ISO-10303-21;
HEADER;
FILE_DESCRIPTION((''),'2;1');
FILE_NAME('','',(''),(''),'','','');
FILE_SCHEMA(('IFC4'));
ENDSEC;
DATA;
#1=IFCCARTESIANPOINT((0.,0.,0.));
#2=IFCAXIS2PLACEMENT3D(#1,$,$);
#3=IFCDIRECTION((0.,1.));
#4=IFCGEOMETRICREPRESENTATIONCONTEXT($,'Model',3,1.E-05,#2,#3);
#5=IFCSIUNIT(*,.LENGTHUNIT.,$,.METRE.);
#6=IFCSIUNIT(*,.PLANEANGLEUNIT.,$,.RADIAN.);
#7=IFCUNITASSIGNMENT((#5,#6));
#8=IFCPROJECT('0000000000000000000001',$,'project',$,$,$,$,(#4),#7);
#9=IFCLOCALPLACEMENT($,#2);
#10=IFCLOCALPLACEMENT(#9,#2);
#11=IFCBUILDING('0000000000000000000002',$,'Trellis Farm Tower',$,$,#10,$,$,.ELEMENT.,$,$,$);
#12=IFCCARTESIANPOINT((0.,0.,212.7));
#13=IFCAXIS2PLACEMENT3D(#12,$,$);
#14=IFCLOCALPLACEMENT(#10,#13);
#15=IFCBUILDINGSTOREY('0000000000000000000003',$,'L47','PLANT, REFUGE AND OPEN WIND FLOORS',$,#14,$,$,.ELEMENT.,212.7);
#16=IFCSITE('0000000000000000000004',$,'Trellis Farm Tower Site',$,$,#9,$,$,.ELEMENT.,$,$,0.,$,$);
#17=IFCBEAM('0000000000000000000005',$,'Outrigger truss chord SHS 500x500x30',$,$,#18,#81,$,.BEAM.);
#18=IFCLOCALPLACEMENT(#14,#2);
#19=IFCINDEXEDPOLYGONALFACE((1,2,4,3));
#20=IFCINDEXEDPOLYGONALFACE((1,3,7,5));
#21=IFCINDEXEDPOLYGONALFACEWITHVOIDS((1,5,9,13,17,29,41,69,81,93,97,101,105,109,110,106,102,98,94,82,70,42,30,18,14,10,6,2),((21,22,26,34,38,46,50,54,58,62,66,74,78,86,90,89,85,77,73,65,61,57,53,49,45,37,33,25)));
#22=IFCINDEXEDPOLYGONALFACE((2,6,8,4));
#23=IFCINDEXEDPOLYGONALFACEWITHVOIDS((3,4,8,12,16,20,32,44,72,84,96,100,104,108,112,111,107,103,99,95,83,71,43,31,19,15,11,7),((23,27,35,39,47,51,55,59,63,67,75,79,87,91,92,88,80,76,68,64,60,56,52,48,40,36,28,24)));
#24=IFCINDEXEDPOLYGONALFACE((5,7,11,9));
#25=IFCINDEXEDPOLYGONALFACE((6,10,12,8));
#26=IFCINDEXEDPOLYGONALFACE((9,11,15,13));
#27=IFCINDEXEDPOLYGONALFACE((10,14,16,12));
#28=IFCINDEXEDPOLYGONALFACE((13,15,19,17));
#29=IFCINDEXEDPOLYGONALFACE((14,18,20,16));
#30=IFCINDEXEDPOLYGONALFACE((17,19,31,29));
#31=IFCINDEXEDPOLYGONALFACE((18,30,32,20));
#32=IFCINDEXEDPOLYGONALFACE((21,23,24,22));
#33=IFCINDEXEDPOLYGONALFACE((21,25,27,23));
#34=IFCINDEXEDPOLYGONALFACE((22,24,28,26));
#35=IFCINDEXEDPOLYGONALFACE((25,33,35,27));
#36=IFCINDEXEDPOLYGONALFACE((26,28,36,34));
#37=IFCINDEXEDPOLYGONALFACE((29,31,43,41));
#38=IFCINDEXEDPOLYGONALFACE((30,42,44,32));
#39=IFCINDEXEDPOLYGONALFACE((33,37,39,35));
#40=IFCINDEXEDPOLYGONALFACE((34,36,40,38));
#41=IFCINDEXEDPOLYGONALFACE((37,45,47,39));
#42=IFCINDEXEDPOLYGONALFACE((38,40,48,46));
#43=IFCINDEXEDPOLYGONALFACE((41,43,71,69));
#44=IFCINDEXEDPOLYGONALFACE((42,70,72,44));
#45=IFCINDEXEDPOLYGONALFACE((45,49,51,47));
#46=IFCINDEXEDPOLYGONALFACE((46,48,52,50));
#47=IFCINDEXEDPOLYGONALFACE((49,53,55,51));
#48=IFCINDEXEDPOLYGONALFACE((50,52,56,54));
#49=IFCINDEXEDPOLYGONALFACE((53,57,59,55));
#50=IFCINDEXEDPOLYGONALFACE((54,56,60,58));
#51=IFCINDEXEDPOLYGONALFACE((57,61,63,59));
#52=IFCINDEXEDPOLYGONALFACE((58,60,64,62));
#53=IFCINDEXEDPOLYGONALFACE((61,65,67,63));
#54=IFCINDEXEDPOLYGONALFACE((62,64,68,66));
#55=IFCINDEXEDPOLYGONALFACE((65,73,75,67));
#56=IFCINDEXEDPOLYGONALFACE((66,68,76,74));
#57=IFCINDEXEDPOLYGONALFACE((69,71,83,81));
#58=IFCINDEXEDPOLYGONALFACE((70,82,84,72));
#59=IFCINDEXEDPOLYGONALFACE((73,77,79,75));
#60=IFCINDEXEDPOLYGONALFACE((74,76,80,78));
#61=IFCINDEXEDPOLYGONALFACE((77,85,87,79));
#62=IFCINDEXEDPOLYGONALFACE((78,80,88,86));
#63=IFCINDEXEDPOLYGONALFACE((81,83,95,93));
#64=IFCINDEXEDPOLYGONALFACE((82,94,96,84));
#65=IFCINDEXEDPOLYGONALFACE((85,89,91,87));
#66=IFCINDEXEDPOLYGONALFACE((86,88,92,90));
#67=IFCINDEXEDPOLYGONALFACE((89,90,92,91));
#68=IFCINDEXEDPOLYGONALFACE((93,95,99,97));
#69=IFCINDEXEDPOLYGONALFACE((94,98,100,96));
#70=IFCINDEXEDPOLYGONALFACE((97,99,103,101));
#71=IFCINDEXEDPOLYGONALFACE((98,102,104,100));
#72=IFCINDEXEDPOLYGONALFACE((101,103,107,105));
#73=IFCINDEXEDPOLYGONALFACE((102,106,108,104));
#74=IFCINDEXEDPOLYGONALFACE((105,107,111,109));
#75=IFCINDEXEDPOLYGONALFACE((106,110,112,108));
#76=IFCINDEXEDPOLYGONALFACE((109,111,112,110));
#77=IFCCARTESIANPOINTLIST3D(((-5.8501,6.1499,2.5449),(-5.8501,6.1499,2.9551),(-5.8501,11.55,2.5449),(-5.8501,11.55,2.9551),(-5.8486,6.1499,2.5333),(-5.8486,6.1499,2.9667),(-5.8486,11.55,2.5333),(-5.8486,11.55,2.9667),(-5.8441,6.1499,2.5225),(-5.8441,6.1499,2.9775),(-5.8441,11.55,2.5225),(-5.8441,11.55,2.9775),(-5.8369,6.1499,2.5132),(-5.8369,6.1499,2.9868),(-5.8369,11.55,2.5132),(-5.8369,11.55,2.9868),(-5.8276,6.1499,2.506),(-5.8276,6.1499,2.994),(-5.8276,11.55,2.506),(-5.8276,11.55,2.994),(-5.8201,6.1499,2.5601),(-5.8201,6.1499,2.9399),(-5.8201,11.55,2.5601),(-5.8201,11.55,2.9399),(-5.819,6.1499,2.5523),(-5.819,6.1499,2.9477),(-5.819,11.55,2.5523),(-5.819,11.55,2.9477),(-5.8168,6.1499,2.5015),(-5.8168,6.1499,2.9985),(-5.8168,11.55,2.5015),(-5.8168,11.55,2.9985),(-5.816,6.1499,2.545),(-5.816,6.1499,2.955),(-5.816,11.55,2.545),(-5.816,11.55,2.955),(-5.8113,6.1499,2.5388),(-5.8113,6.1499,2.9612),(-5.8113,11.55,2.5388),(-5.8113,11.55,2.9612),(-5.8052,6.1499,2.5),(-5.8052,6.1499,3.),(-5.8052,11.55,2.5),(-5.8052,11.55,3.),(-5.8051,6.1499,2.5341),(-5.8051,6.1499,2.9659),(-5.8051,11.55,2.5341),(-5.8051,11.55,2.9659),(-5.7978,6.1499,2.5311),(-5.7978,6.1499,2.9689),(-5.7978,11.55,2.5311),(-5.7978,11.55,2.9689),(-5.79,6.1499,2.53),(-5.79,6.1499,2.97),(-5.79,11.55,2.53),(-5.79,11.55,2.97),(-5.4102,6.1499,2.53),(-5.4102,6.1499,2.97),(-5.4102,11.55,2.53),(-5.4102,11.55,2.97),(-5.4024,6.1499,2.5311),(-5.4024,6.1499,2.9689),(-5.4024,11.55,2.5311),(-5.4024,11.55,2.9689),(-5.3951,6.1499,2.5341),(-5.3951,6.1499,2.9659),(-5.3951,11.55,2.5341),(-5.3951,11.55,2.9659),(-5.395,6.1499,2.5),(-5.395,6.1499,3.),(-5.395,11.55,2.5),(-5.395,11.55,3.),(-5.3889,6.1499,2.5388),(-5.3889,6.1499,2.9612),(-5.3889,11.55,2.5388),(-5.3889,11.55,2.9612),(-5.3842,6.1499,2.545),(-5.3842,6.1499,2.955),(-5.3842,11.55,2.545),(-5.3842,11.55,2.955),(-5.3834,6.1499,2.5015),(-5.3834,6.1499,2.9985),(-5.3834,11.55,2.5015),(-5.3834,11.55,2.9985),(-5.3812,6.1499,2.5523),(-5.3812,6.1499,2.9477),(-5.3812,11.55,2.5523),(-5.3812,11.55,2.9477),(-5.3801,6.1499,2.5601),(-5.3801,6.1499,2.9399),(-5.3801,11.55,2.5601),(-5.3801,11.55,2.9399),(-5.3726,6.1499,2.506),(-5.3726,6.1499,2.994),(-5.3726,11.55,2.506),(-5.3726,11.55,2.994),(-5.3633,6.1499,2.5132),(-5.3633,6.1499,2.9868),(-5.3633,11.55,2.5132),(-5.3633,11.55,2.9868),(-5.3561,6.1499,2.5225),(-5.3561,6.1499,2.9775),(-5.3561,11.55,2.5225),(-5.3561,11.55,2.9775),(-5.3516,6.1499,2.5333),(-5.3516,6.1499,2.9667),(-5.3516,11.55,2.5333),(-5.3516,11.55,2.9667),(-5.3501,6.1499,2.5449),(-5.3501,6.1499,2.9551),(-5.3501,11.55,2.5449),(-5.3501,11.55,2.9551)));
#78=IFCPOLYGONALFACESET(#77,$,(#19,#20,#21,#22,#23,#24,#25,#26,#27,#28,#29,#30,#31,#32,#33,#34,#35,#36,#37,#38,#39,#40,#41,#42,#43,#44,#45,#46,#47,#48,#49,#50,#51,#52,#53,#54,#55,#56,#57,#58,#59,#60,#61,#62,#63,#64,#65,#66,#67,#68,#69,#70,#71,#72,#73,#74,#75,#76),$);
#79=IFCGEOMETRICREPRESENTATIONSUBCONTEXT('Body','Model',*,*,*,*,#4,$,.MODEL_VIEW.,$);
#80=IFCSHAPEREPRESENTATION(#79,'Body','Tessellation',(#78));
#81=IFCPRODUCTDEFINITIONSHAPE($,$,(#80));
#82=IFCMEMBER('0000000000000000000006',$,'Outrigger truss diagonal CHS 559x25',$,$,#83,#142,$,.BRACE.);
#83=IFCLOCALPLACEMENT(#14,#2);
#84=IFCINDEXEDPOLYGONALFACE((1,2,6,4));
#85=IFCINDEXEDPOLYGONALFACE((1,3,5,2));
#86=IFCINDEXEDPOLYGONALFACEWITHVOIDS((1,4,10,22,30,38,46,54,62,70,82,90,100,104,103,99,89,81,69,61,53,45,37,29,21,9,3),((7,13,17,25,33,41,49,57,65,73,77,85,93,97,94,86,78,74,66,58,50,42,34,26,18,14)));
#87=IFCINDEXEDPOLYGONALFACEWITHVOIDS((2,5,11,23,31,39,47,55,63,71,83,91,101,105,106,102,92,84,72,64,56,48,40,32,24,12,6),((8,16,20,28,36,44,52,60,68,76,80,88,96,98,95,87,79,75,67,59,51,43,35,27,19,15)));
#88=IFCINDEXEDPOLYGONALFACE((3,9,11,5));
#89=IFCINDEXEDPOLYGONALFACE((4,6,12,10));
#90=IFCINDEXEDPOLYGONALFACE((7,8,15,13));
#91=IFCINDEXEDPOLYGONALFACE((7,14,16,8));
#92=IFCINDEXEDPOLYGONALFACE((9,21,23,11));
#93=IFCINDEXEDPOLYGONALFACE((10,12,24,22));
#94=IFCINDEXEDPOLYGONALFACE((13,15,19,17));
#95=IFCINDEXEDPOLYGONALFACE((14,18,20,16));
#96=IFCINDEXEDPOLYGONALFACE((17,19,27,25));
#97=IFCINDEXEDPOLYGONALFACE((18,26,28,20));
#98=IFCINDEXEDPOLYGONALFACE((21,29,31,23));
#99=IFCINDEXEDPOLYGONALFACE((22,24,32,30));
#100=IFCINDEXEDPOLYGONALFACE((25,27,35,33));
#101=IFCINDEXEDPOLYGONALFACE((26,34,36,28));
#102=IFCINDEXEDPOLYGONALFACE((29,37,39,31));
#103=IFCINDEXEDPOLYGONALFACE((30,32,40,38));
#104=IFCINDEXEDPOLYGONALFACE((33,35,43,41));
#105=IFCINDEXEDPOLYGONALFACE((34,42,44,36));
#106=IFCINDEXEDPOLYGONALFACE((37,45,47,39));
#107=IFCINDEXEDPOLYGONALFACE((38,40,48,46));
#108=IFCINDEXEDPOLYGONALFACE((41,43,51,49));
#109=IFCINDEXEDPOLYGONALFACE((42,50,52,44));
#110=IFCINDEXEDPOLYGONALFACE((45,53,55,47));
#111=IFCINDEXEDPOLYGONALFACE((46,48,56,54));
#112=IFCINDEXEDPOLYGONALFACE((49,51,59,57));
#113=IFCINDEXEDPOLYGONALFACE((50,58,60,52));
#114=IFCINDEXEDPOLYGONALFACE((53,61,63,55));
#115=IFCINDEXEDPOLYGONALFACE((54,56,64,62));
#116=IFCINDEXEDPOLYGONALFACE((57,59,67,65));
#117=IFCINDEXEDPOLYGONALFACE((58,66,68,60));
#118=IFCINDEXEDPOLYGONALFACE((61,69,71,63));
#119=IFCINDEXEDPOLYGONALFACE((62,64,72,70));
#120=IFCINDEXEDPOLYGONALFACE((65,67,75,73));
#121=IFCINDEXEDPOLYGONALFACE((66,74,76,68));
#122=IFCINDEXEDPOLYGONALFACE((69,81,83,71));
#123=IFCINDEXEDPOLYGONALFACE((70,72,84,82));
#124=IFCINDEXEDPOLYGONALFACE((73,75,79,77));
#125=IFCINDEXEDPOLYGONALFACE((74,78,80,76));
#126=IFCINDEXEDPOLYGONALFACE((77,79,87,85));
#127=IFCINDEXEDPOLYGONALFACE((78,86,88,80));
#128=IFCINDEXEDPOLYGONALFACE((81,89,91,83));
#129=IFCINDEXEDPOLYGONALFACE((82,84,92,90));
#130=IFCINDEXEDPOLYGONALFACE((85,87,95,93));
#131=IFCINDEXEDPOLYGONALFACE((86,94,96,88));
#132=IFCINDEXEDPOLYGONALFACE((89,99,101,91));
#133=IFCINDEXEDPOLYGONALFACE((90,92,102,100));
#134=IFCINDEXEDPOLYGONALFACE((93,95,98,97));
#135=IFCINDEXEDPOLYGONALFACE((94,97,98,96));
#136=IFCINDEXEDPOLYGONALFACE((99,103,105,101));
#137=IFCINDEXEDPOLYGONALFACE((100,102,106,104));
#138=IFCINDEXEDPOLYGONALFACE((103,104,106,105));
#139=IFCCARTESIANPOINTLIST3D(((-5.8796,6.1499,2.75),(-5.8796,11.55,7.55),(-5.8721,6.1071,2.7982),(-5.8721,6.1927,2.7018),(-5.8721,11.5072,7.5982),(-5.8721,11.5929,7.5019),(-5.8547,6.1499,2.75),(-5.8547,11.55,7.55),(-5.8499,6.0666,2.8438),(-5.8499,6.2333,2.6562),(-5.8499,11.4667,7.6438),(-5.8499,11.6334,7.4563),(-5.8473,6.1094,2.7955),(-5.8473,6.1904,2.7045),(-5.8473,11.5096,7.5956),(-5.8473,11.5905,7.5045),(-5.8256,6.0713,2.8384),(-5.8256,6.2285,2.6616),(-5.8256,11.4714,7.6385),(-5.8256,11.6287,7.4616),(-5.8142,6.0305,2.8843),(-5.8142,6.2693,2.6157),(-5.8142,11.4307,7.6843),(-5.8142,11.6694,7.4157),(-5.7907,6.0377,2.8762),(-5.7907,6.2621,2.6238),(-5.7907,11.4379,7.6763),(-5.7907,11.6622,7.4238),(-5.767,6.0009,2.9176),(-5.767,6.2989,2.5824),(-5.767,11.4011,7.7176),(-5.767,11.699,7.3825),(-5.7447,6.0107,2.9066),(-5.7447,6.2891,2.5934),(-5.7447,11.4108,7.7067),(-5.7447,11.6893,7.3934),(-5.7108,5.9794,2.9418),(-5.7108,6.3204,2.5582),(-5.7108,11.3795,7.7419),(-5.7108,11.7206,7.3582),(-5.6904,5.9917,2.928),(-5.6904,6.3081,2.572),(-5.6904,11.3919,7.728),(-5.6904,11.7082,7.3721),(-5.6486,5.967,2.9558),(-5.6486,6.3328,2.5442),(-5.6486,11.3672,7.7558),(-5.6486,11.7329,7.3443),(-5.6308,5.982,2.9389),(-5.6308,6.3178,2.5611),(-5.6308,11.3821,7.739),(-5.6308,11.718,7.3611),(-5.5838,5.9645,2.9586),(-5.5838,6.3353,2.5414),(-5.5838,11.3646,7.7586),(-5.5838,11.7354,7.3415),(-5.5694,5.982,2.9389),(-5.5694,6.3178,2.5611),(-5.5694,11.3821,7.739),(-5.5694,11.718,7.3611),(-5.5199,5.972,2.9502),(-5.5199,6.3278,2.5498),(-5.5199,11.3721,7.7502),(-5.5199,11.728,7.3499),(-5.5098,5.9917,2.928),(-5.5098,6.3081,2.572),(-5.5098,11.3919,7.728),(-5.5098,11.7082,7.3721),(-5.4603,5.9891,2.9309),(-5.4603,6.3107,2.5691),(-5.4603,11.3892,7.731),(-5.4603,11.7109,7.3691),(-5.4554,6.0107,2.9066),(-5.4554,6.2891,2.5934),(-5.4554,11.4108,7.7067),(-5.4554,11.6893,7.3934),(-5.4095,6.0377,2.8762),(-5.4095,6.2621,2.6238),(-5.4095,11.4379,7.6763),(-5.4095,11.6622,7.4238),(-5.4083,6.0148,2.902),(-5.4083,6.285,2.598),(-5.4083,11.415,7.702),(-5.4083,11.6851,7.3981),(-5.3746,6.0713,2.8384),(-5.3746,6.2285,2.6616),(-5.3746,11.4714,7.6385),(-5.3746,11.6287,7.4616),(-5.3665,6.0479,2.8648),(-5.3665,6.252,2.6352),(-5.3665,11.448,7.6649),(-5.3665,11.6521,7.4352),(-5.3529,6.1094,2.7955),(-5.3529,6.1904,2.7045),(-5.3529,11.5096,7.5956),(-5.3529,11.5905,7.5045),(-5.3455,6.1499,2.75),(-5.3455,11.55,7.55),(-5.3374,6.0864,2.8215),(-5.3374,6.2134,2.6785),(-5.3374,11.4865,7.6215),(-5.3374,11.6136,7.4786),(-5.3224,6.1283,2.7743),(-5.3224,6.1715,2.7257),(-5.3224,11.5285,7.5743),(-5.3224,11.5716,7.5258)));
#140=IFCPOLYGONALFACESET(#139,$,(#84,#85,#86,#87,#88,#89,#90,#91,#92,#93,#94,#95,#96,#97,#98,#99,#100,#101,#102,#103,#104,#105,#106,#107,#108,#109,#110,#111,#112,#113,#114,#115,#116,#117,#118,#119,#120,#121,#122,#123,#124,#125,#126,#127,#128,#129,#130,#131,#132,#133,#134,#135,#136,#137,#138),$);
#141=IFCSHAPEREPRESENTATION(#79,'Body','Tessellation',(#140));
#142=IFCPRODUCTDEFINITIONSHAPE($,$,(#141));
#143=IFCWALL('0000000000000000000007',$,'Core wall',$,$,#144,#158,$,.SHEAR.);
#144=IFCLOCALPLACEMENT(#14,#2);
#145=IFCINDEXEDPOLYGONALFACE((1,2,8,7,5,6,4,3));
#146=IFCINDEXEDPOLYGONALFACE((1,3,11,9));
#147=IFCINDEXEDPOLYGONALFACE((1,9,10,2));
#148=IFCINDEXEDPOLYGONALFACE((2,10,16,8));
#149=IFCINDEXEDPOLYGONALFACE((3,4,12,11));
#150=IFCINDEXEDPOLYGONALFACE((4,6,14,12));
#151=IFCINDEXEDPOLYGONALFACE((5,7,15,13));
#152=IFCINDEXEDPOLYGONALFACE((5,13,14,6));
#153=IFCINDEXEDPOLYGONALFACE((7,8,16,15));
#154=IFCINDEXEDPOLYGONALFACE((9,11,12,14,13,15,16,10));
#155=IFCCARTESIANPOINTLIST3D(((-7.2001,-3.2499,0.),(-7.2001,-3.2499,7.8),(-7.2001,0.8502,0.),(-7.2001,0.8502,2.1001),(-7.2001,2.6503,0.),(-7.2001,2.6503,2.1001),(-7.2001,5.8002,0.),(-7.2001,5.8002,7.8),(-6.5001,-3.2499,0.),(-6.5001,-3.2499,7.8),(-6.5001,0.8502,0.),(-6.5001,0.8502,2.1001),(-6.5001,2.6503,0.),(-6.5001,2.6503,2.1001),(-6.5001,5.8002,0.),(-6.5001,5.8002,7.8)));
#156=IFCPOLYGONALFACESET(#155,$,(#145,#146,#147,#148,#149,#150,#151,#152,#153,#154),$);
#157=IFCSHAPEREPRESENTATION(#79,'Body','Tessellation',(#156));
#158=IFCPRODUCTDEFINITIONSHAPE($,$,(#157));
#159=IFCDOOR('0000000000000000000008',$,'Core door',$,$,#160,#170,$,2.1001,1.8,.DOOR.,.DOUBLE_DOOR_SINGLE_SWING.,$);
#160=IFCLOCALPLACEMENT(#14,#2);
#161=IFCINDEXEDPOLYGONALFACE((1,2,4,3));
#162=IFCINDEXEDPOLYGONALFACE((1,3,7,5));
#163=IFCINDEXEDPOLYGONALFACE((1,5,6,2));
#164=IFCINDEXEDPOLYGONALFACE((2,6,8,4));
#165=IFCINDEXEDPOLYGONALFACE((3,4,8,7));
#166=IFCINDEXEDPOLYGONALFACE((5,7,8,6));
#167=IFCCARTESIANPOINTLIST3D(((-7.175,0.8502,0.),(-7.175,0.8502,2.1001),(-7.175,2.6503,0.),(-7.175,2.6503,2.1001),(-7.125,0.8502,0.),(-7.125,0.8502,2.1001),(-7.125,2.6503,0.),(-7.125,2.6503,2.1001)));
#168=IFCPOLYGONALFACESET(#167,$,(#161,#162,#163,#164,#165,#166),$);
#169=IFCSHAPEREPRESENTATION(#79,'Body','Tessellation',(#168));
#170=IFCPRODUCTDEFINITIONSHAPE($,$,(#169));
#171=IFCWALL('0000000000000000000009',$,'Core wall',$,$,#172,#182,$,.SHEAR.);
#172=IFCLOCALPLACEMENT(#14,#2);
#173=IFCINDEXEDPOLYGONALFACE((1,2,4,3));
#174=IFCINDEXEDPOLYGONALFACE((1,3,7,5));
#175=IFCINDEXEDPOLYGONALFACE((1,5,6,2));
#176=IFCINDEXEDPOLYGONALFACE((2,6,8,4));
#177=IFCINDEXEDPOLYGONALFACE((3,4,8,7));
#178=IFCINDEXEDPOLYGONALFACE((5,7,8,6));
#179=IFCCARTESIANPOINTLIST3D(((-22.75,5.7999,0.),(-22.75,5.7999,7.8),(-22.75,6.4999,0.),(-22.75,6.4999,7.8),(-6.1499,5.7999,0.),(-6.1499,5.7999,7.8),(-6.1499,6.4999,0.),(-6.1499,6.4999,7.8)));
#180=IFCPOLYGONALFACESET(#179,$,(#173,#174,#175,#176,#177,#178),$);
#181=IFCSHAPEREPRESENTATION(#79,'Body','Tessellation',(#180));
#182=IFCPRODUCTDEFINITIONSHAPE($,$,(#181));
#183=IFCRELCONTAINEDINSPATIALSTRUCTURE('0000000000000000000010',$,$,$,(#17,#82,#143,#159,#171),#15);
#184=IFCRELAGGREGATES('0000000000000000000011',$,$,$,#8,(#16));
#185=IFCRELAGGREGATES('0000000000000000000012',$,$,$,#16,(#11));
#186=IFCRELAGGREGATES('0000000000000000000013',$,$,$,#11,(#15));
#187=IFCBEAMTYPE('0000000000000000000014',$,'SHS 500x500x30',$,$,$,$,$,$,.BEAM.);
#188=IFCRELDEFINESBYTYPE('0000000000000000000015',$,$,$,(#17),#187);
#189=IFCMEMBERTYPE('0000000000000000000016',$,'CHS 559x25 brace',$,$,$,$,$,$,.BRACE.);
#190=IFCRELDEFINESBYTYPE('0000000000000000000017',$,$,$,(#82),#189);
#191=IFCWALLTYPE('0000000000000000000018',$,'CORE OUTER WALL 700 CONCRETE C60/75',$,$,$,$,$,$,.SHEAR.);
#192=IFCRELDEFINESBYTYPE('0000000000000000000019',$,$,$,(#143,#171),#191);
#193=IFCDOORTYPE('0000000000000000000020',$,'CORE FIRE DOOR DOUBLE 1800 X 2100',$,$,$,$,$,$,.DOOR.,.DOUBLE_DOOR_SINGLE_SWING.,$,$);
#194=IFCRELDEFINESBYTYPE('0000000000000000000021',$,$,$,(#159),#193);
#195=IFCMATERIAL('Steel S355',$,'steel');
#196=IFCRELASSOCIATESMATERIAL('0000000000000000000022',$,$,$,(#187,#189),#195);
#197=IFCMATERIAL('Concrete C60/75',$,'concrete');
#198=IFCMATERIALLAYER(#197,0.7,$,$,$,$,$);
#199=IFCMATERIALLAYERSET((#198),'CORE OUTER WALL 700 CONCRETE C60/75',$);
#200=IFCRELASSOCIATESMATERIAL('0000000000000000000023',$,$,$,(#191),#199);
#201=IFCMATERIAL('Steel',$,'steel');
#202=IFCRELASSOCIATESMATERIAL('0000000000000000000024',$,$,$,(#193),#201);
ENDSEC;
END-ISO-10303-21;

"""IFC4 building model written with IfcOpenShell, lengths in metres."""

from ifc_helpers import new_model, si_unit, direction, frame, frame_2d, origin, origin_2d, place, context, subcontext, project, spatial, rectangle, hollow_rectangle, hollow_circle, extrude, source, transform, mapped, material, layer, layer_set, material_profile, profile_set, type_object, element, fill, save


model = new_model("IFC4")

# Units and contexts
model_context = context("Model", 3, precision=1e-05, world=origin(), true_north=direction((0.0, 1.0)))
body_context = subcontext(model_context, "Body", "Model", "MODEL_VIEW")
ifc_project = project(units=[si_unit("LENGTHUNIT", "METRE"), si_unit("PLANEANGLEUNIT", "RADIAN")], contexts=[model_context])

# Site, building, storey
site_placement = place(None, origin())
site = spatial("IfcSite", under=ifc_project, at=site_placement, Name="Trellis Farm Tower Site", CompositionType="ELEMENT", RefElevation=0.0)
building_placement = place(site_placement, origin())
building = spatial("IfcBuilding", under=site, at=building_placement, Name="Trellis Farm Tower", CompositionType="ELEMENT")
storey_placement = place(building_placement, frame((0.0, 0.0, 212.7)))
storey = spatial("IfcBuildingStorey", under=building, at=storey_placement, Name="L47", Description="PLANT, REFUGE AND OPEN WIND FLOORS", CompositionType="ELEMENT", Elevation=212.7)

# Shared definitions
ifc_material_1 = material(Name="Concrete C60/75", Category="concrete")

# Beam
ifc_material_2 = material(Name="Steel S355", Category="steel")
ifc_material_profile_1 = material_profile(ifc_material_2, hollow_rectangle(XDim=0.5, YDim=0.5, WallThickness=0.03, InnerFilletRadius=0.03, OuterFilletRadius=0.0449, at=origin_2d()), Name="SHS 500x500x30")
ifc_profile_set_1 = profile_set([ifc_material_profile_1], Name="Steel S355")
beam_type_1 = type_object("IfcBeamType", Name="SHS 500x500x30", PredefinedType="BEAM", material=ifc_profile_set_1)
shared_shape_1 = source(origin(), body_context, "Body", "SweptSolid", [
    extrude(hollow_rectangle(XDim=0.5, YDim=0.5, WallThickness=0.03, InnerFilletRadius=0.03, OuterFilletRadius=0.0449, at=origin_2d()), origin(), (0.0, 0.0, 1.0), 5.4001),
])
beam_1_placement = place(storey_placement, frame((-5.6001, 6.1499, 2.75), z_axis=(0.0, 1.0, 0.0), x_axis=(-1.0, 0.0, 0.0)))
element("IfcBeam", 1, at=beam_1_placement, inside=storey, type_object=beam_type_1, Name="Outrigger truss chord SHS 500x500x30", PredefinedType="BEAM", context=body_context, shape_type="MappedRepresentation", body=[
    mapped(shared_shape_1, transform((0.0, 0.0, 0.0))),
])

# Member
ifc_material_profile_2 = material_profile(ifc_material_2, hollow_circle(Radius=0.2795, WallThickness=0.0249, at=origin_2d()), Name="CHS 559x25")
ifc_profile_set_2 = profile_set([ifc_material_profile_2], Name="Steel S355")
member_type = type_object("IfcMemberType", Name="CHS 559x25 brace", PredefinedType="BRACE", material=ifc_profile_set_2)
shared_shape_2 = source(origin(), body_context, "Body", "SweptSolid", [
    extrude(hollow_circle(Radius=0.2795, WallThickness=0.0249, at=origin_2d()), origin(), (0.0, 0.0, 1.0), 7.2251),
])
member_placement = place(storey_placement, frame((-5.6001, 6.1499, 2.75), z_axis=(0.0, 0.747415, 0.664358), x_axis=(-1.0, 0.0, 0.0)))
element("IfcMember", 2, at=member_placement, inside=storey, type_object=member_type, Name="Outrigger truss diagonal CHS 559x25", PredefinedType="BRACE", context=body_context, shape_type="MappedRepresentation", body=[
    mapped(shared_shape_2, transform((0.0, 0.0, 0.0))),
])

# Wall, opening, door
ifc_layer_1 = layer(ifc_material_1, 0.7)
ifc_layer_set_1 = layer_set([ifc_layer_1], Name="CORE OUTER WALL 700 CONCRETE C60/75")
wall_type_1 = type_object("IfcWallType", Name="CORE OUTER WALL 700 CONCRETE C60/75", PredefinedType="SHEAR", material=ifc_layer_set_1)
shared_shape_3 = source(origin(), body_context, "Body", "SweptSolid", [
    extrude(rectangle(XDim=9.05, YDim=0.7, at=frame_2d((4.5249, 0.0))), origin(), (0.0, 0.0, 1.0), 7.8),
])
wall_1_placement = place(storey_placement, frame((-6.8501, 5.8, 0.0), z_axis=(0.0, 0.0, 1.0), x_axis=(0.0, -1.0, 0.0)))
wall_1 = element("IfcWall", 3, at=wall_1_placement, inside=storey, type_object=wall_type_1, Name="Core wall", PredefinedType="SHEAR", context=body_context, shape_type="MappedRepresentation", body=[
    mapped(shared_shape_3, transform((0.0, 0.0, 0.0))),
])
shared_shape_4 = source(origin(), body_context, "Body", "SweptSolid", [
    extrude(rectangle(XDim=1.8, YDim=2.1001, at=frame_2d((0.8999, 1.05))), frame((0.0, 0.3601, 0.0), z_axis=(0.0, -1.0, 0.0), x_axis=(1.0, 0.0, 0.0)), (0.0, 0.0, 1.0), 0.7202),
])
opening_1_placement = place(wall_1_placement, frame((3.1499, 0.0, 0.0)))
opening_1 = element("IfcOpeningElement", 4, at=opening_1_placement, cuts=wall_1, PredefinedType="OPENING", context=body_context, shape_type="MappedRepresentation", body=[
    mapped(shared_shape_4, transform((0.0, 0.0, 0.0))),
])
ifc_material_3 = material(Name="Steel", Category="steel")
door_type_1 = type_object("IfcDoorType", Name="CORE FIRE DOOR DOUBLE 1800 X 2100", OperationType="DOUBLE_DOOR_SINGLE_SWING", PredefinedType="DOOR", material=ifc_material_3)
shared_shape_5 = source(origin(), body_context, "Body", "SweptSolid", [
    extrude(rectangle(XDim=1.8, YDim=2.1001, at=frame_2d((0.8999, 1.05))), frame((0.0, -0.2749, 0.0), z_axis=(0.0, -1.0, 0.0), x_axis=(1.0, 0.0, 0.0)), (0.0, 0.0, 1.0), 0.05),
])
door_1_placement = place(opening_1_placement, origin())
door_1 = element("IfcDoor", 5, at=door_1_placement, inside=storey, type_object=door_type_1, Name="Core door", OperationType="DOUBLE_DOOR_SINGLE_SWING", OverallHeight=2.1001, OverallWidth=1.8, PredefinedType="DOOR", context=body_context, shape_type="MappedRepresentation", body=[
    mapped(shared_shape_5, transform((0.0, 0.0, 0.0))),
])
fill(opening_1, door_1)

# Wall
shared_shape_6 = source(origin(), body_context, "Body", "SweptSolid", [
    extrude(rectangle(XDim=16.6001, YDim=0.7, at=frame_2d((8.3, 0.0))), origin(), (0.0, 0.0, 1.0), 7.8),
])
wall_2_placement = place(storey_placement, frame((-6.1499, 6.1499, 0.0), z_axis=(0.0, 0.0, 1.0), x_axis=(-1.0, 0.0, 0.0)))
element("IfcWall", 6, at=wall_2_placement, inside=storey, type_object=wall_type_1, Name="Core wall", PredefinedType="SHEAR", context=body_context, shape_type="MappedRepresentation", body=[
    mapped(shared_shape_6, transform((0.0, 0.0, 0.0))),
])

save(model, "model.ifc")
